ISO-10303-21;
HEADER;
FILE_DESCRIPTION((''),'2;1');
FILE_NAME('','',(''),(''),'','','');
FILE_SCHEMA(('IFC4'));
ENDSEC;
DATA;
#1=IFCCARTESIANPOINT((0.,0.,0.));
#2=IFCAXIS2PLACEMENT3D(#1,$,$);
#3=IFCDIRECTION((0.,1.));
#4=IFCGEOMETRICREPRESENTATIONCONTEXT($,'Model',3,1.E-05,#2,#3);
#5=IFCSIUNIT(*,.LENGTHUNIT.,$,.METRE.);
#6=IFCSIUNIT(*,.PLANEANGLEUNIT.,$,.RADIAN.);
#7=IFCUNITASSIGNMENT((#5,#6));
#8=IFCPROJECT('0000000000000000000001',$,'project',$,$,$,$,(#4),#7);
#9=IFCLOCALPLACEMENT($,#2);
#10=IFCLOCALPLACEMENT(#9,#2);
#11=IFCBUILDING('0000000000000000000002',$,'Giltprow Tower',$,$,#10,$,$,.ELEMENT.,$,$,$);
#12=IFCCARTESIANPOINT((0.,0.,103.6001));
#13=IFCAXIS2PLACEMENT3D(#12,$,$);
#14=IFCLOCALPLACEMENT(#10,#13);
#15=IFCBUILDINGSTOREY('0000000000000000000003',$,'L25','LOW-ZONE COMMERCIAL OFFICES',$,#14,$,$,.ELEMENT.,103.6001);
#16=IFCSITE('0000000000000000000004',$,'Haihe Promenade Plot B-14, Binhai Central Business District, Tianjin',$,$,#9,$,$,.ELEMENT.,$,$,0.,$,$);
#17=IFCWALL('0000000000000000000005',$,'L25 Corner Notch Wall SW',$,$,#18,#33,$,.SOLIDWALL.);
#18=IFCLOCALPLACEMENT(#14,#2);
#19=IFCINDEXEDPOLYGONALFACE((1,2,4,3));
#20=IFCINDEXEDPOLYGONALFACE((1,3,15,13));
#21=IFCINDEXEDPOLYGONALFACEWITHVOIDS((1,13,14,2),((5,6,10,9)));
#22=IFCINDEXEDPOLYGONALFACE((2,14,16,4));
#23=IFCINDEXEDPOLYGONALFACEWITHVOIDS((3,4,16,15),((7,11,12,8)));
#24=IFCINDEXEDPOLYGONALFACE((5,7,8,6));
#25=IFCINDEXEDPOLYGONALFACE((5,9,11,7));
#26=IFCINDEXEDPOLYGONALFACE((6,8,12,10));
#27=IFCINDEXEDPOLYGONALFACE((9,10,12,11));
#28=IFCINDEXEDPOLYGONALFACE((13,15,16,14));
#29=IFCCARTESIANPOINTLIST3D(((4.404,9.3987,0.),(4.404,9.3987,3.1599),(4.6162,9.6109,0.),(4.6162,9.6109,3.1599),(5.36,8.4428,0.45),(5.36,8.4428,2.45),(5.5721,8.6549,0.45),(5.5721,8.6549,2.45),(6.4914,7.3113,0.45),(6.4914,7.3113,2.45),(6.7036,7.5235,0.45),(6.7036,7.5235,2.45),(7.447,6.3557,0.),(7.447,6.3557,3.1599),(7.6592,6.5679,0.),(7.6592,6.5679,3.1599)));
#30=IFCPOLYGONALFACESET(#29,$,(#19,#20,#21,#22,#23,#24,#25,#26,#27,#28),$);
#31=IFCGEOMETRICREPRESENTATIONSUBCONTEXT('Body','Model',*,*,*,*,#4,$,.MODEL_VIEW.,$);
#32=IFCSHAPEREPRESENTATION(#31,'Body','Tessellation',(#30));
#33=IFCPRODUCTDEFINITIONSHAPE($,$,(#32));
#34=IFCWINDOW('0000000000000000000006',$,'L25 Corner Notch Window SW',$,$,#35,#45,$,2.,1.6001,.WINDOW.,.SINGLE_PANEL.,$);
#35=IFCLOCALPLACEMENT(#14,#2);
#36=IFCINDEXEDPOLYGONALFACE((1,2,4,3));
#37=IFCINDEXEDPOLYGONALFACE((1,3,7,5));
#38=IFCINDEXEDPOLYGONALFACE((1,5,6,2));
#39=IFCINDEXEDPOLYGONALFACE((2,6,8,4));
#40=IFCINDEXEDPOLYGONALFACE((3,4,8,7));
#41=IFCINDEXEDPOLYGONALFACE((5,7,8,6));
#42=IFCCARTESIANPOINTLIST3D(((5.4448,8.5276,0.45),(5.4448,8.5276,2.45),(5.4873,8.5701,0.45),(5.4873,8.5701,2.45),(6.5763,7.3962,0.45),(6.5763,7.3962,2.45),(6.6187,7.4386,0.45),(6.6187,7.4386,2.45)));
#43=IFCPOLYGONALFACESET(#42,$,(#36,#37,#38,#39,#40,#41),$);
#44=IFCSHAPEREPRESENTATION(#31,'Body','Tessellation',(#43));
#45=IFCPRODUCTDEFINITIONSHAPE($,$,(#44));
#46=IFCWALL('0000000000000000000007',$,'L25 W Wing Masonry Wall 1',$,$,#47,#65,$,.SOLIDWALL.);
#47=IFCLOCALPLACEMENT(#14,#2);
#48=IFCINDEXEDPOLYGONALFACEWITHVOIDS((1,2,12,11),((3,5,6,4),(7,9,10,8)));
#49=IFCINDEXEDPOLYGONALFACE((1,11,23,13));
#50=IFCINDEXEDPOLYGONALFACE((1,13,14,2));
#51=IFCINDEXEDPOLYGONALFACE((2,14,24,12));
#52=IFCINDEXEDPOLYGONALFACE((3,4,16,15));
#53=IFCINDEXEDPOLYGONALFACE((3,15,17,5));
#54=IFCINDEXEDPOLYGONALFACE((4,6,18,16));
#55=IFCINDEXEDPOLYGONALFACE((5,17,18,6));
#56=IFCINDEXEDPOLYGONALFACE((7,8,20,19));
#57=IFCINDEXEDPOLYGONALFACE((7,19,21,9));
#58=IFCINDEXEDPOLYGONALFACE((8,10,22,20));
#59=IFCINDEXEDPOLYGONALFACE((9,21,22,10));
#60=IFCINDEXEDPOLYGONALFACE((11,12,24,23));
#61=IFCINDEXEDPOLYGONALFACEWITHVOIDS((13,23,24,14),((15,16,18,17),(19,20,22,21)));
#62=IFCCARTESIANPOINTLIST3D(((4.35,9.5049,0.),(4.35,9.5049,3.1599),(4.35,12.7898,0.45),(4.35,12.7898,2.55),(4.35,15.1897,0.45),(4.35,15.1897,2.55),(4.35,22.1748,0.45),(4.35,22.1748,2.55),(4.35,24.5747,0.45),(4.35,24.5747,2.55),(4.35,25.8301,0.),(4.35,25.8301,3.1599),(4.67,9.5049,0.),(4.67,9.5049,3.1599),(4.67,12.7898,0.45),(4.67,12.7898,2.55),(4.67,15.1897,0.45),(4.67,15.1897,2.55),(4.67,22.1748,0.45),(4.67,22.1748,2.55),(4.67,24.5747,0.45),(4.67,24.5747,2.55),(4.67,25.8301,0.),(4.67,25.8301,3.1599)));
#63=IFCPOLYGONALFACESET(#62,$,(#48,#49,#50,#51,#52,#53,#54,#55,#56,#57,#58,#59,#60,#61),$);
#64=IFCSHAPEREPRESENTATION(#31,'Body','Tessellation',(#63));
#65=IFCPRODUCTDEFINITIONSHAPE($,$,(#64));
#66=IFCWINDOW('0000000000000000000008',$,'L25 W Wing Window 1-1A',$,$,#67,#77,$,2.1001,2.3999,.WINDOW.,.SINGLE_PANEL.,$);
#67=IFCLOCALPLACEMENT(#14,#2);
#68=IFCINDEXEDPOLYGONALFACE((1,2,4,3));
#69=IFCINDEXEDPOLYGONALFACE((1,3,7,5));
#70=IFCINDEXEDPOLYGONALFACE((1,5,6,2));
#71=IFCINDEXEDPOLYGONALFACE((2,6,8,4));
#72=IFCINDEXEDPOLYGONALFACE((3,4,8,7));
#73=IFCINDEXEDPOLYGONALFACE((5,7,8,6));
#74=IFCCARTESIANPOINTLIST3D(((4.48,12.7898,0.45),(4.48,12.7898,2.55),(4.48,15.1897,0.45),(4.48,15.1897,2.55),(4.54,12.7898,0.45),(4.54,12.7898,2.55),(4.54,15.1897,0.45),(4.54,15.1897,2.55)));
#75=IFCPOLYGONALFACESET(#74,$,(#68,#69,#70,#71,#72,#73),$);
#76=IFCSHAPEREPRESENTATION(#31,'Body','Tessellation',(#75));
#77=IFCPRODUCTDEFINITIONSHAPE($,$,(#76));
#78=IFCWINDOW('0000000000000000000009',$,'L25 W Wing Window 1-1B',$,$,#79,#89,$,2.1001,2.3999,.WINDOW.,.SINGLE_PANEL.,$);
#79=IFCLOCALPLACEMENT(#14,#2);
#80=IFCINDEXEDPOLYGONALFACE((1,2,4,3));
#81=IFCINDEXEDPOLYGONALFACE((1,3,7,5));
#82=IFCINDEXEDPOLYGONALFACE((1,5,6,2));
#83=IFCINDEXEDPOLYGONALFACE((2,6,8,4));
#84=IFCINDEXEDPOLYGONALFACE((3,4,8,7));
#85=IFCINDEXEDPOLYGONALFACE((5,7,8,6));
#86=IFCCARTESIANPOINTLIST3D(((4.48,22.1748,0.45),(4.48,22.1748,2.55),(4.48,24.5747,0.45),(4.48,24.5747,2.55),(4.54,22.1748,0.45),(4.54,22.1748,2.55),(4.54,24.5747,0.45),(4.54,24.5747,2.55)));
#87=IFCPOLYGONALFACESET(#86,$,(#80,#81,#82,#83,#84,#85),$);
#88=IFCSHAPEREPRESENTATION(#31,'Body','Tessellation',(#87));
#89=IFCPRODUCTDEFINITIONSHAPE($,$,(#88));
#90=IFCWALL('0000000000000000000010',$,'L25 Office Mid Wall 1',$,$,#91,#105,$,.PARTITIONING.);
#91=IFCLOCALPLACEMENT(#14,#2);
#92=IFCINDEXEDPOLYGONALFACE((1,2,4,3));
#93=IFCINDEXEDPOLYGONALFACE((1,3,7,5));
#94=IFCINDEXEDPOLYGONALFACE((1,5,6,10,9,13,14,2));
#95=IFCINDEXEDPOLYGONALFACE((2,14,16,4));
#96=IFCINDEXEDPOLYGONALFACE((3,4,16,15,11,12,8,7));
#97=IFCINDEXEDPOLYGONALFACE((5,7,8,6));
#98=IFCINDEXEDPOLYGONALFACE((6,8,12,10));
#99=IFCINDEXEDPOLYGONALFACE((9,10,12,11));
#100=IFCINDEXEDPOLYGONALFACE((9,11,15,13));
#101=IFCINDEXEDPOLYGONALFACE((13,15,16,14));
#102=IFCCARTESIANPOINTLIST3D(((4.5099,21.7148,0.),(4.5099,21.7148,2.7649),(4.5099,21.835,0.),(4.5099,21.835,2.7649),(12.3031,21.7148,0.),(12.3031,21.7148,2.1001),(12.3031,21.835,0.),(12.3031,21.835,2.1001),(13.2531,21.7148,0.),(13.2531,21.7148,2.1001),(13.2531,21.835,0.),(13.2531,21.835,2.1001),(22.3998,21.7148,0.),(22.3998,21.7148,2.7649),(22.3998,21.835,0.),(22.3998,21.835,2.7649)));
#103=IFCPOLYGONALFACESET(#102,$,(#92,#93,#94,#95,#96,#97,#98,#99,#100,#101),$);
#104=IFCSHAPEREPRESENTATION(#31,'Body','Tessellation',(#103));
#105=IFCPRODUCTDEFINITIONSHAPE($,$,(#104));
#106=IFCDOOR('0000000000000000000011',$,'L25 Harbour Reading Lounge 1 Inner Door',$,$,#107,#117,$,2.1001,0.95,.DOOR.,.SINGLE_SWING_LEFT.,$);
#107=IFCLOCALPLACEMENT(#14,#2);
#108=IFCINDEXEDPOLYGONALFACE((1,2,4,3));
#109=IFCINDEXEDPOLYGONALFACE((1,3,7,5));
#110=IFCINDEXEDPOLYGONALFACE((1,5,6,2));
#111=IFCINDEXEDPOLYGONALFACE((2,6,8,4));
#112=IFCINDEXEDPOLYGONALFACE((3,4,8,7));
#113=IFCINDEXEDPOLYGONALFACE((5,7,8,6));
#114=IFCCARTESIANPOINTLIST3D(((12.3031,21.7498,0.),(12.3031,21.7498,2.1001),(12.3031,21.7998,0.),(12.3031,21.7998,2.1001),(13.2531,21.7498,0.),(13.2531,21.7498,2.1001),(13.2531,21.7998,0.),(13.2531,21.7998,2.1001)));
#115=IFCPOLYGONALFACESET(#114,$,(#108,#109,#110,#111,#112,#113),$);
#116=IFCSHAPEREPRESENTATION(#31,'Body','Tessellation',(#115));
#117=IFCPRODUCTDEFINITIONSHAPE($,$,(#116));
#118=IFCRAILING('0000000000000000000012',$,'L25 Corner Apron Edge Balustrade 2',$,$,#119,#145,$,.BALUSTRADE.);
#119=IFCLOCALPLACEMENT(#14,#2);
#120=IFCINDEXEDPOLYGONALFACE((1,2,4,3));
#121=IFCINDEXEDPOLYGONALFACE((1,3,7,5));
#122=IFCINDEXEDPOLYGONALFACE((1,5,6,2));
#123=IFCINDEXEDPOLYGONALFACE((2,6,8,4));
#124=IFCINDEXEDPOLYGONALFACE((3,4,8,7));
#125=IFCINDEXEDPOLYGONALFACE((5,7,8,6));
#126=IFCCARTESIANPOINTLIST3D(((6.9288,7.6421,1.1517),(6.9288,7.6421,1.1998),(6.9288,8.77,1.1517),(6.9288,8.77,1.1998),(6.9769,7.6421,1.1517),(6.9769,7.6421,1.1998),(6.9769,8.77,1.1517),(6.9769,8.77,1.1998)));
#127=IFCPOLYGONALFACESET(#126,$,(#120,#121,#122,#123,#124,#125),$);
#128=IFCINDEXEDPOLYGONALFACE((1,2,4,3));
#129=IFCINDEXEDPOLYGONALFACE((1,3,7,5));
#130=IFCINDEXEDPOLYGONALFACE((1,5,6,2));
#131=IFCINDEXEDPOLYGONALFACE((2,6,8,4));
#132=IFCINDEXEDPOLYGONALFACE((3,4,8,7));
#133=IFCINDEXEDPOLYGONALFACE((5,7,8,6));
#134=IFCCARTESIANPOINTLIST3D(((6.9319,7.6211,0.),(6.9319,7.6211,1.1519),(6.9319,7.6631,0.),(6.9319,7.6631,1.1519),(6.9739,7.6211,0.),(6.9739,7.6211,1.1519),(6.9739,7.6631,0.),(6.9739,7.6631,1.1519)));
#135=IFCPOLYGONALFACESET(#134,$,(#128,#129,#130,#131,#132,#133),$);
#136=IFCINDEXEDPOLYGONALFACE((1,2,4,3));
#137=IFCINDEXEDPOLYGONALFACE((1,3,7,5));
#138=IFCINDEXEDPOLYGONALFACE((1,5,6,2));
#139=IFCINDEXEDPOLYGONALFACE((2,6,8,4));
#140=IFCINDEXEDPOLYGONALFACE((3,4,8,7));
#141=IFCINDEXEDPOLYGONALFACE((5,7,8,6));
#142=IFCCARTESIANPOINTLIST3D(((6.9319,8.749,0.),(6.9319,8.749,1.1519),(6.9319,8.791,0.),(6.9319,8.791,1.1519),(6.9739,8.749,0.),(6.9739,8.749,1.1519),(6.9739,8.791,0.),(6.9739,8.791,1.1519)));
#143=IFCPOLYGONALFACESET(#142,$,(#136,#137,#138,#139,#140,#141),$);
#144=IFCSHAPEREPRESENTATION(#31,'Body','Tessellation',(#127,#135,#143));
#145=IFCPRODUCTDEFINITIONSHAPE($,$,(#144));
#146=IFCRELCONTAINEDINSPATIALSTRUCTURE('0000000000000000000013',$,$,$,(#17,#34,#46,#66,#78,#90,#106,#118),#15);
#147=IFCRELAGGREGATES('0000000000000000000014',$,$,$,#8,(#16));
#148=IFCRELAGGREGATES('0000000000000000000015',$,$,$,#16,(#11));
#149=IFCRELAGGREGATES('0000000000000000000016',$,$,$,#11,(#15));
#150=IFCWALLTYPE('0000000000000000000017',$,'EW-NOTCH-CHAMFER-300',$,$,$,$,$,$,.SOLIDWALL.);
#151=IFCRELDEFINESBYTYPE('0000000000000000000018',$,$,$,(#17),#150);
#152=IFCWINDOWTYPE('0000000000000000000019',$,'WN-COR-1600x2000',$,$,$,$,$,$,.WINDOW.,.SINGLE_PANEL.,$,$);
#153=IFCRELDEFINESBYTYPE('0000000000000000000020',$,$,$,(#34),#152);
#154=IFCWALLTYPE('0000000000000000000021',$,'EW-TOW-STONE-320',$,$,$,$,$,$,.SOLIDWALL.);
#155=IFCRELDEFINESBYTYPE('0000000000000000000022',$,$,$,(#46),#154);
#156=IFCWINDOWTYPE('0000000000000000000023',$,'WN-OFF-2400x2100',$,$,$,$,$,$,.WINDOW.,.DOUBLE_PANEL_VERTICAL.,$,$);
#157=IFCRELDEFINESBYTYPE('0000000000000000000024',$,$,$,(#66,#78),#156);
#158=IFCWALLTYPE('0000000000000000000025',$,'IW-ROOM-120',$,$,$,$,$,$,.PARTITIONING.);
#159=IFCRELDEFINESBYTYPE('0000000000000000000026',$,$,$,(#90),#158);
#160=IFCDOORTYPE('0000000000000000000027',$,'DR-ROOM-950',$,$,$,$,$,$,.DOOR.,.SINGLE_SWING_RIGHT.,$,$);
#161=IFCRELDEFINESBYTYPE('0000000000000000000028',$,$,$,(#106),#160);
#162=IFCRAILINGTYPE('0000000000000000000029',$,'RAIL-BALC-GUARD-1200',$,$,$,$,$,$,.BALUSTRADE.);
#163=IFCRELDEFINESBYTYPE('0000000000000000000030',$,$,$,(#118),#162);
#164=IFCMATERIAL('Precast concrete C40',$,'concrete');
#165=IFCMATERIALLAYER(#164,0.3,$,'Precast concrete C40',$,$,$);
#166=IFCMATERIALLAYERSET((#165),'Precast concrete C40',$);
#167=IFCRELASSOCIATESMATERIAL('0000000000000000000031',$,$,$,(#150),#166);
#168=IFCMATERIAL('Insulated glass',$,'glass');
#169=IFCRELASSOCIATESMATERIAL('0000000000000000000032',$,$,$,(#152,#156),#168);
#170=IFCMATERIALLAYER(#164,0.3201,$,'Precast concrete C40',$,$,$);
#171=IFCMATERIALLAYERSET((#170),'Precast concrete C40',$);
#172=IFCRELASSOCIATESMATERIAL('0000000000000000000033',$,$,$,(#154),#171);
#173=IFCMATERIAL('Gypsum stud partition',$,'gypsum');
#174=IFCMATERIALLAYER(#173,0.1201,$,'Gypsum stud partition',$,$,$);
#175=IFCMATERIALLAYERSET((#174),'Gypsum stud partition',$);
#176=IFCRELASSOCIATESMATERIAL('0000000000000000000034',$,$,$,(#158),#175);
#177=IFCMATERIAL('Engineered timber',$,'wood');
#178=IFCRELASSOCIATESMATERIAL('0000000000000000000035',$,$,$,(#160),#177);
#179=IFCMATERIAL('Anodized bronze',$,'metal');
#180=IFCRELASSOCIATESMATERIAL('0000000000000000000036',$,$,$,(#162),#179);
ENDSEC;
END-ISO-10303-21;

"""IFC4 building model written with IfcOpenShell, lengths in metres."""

from ifc_helpers import new_model, si_unit, direction, frame, frame_2d, origin, origin_2d, place, context, subcontext, project, spatial, rectangle, extrude, source, transform, mapped, material, layer, layer_set, type_object, element, fill, save


model = new_model("IFC4")

# Units and contexts
model_context = context("Model", 3, precision=1e-05, world=origin(), true_north=direction((0.0, 1.0)))
body_context = subcontext(model_context, "Body", "Model", "MODEL_VIEW")
ifc_project = project(units=[si_unit("LENGTHUNIT", "METRE"), si_unit("PLANEANGLEUNIT", "RADIAN")], contexts=[model_context])

# Site, building, storey
site_placement = place(None, origin())
site = spatial("IfcSite", under=ifc_project, at=site_placement, Name="Haihe Promenade Plot B-14, Binhai Central Business District, Tianjin", CompositionType="ELEMENT", RefElevation=0.0)
building_placement = place(site_placement, origin())
building = spatial("IfcBuilding", under=site, at=building_placement, Name="Giltprow Tower", CompositionType="ELEMENT")
storey_placement = place(building_placement, frame((0.0, 0.0, 103.6001)))
storey = spatial("IfcBuildingStorey", under=building, at=storey_placement, Name="L25", Description="LOW-ZONE COMMERCIAL OFFICES", CompositionType="ELEMENT", Elevation=103.6001)

# Shared definitions
ifc_material_1 = material(Name="Anodized bronze", Category="metal")
ifc_material_2 = material(Name="Insulated glass", Category="glass")

# Wall, opening, window
ifc_material_3 = material(Name="Precast concrete C40", Category="concrete")
ifc_layer_1 = layer(ifc_material_3, 0.3, Name="Precast concrete C40")
ifc_layer_set_1 = layer_set([ifc_layer_1], Name="Precast concrete C40")
wall_type_1 = type_object("IfcWallType", Name="EW-NOTCH-CHAMFER-300", PredefinedType="SOLIDWALL", material=ifc_layer_set_1)
wall_1_placement = place(storey_placement, frame((4.51, 9.5049, 0.0), z_axis=(0.0, 0.0, 1.0), x_axis=(0.707107, -0.707107, 0.0)))
wall_1 = element("IfcWall", 1, at=wall_1_placement, inside=storey, type_object=wall_type_1, Name="L25 Corner Notch Wall SW", PredefinedType="SOLIDWALL", context=body_context, shape_type="SweptSolid", body=[
    extrude(rectangle(XDim=4.3035, YDim=0.3, at=frame_2d((2.1519, 0.0))), origin(), (0.0, 0.0, 1.0), 3.1599),
])
opening_1_placement = place(wall_1_placement, frame((1.3521, 0.0, 0.45)))
opening_1 = element("IfcOpeningElement", 2, at=opening_1_placement, cuts=wall_1, PredefinedType="OPENING", context=body_context, shape_type="SweptSolid", body=[
    extrude(rectangle(XDim=1.6001, YDim=2.0, at=frame_2d((0.8, 1.0))), frame((0.0, 0.1599, 0.0), z_axis=(0.0, -1.0, 0.0), x_axis=(1.0, 0.0, 0.0)), (0.0, 0.0, 1.0), 0.3201),
])
window_type_1 = type_object("IfcWindowType", Name="WN-COR-1600x2000", PartitioningType="SINGLE_PANEL", PredefinedType="WINDOW", material=ifc_material_2)
shared_shape_1 = source(origin(), body_context, "Body", "SweptSolid", [
    extrude(rectangle(XDim=1.6001, YDim=2.0, at=frame_2d((0.8, 1.0))), frame((0.0, 0.03, 0.0), z_axis=(0.0, -1.0, 0.0), x_axis=(1.0, 0.0, 0.0)), (0.0, 0.0, 1.0), 0.0601),
])
window_1_placement = place(opening_1_placement, origin())
window_1 = element("IfcWindow", 3, at=window_1_placement, inside=storey, type_object=window_type_1, Name="L25 Corner Notch Window SW", OverallHeight=2.0, OverallWidth=1.6001, PartitioningType="SINGLE_PANEL", PredefinedType="WINDOW", context=body_context, shape_type="MappedRepresentation", body=[
    mapped(shared_shape_1, transform((0.0, 0.0, 0.0), x_axis=(1.0, 0.0, 0.0), y_axis=(0.0, 1.0, 0.0), z_axis=(0.0, 0.0, 1.0), scale=1.0)),
])
fill(opening_1, window_1)

# Wall, openings, windows
ifc_layer_2 = layer(ifc_material_3, 0.3201, Name="Precast concrete C40")
ifc_layer_set_2 = layer_set([ifc_layer_2], Name="Precast concrete C40")
wall_type_2 = type_object("IfcWallType", Name="EW-TOW-STONE-320", PredefinedType="SOLIDWALL", material=ifc_layer_set_2)
wall_2_placement = place(storey_placement, frame((4.51, 9.5049, 0.0), z_axis=(0.0, 0.0, 1.0), x_axis=(0.0, 1.0, 0.0)))
wall_2 = element("IfcWall", 4, at=wall_2_placement, inside=storey, type_object=wall_type_2, Name="L25 W Wing Masonry Wall 1", PredefinedType="SOLIDWALL", context=body_context, shape_type="SweptSolid", body=[
    extrude(rectangle(XDim=16.3252, YDim=0.3201, at=frame_2d((8.1626, 0.0))), origin(), (0.0, 0.0, 1.0), 3.1599),
])
opening_2_placement = place(wall_2_placement, frame((3.2849, 0.0, 0.45)))
opening_2 = element("IfcOpeningElement", 5, at=opening_2_placement, cuts=wall_2, PredefinedType="OPENING", context=body_context, shape_type="SweptSolid", body=[
    extrude(rectangle(XDim=2.3999, YDim=2.1001, at=frame_2d((1.2, 1.05))), frame((0.0, 0.1699, 0.0), z_axis=(0.0, -1.0, 0.0), x_axis=(1.0, 0.0, 0.0)), (0.0, 0.0, 1.0), 0.3401),
])
opening_3_placement = place(wall_2_placement, frame((12.6699, 0.0, 0.45)))
opening_3 = element("IfcOpeningElement", 6, at=opening_3_placement, cuts=wall_2, PredefinedType="OPENING", context=body_context, shape_type="SweptSolid", body=[
    extrude(rectangle(XDim=2.3999, YDim=2.1001, at=frame_2d((1.2, 1.05))), frame((0.0, 0.1699, 0.0), z_axis=(0.0, -1.0, 0.0), x_axis=(1.0, 0.0, 0.0)), (0.0, 0.0, 1.0), 0.3401),
])
window_type_2 = type_object("IfcWindowType", Name="WN-OFF-2400x2100", PartitioningType="DOUBLE_PANEL_VERTICAL", PredefinedType="WINDOW", material=ifc_material_2)
shared_shape_2 = source(origin(), body_context, "Body", "SweptSolid", [
    extrude(rectangle(XDim=2.3999, YDim=2.1001, at=frame_2d((1.2, 1.05))), frame((0.0, 0.03, 0.0), z_axis=(0.0, -1.0, 0.0), x_axis=(1.0, 0.0, 0.0)), (0.0, 0.0, 1.0), 0.0601),
])
window_2_placement = place(opening_2_placement, origin())
window_2 = element("IfcWindow", 7, at=window_2_placement, inside=storey, type_object=window_type_2, Name="L25 W Wing Window 1-1A", OverallHeight=2.1001, OverallWidth=2.3999, PartitioningType="SINGLE_PANEL", PredefinedType="WINDOW", context=body_context, shape_type="MappedRepresentation", body=[
    mapped(shared_shape_2, transform((0.0, 0.0, 0.0), x_axis=(1.0, 0.0, 0.0), y_axis=(0.0, 1.0, 0.0), z_axis=(0.0, 0.0, 1.0), scale=1.0)),
])
fill(opening_2, window_2)
window_3_placement = place(opening_3_placement, origin())
window_3 = element("IfcWindow", 8, at=window_3_placement, inside=storey, type_object=window_type_2, Name="L25 W Wing Window 1-1B", OverallHeight=2.1001, OverallWidth=2.3999, PartitioningType="SINGLE_PANEL", PredefinedType="WINDOW", context=body_context, shape_type="MappedRepresentation", body=[
    mapped(shared_shape_2, transform((0.0, 0.0, 0.0), x_axis=(1.0, 0.0, 0.0), y_axis=(0.0, 1.0, 0.0), z_axis=(0.0, 0.0, 1.0), scale=1.0)),
])
fill(opening_3, window_3)

# Wall, opening, door
ifc_material_4 = material(Name="Gypsum stud partition", Category="gypsum")
ifc_layer_3 = layer(ifc_material_4, 0.1201, Name="Gypsum stud partition")
ifc_layer_set_3 = layer_set([ifc_layer_3], Name="Gypsum stud partition")
wall_type_3 = type_object("IfcWallType", Name="IW-ROOM-120", PredefinedType="PARTITIONING", material=ifc_layer_set_3)
wall_3_placement = place(storey_placement, frame((4.51, 21.7749, 0.0), z_axis=(0.0, 0.0, 1.0), x_axis=(1.0, 0.0, 0.0)))
wall_3 = element("IfcWall", 9, at=wall_3_placement, inside=storey, type_object=wall_type_3, Name="L25 Office Mid Wall 1", PredefinedType="PARTITIONING", context=body_context, shape_type="SweptSolid", body=[
    extrude(rectangle(XDim=17.8899, YDim=0.1201, at=frame_2d((8.9448, 0.0))), origin(), (0.0, 0.0, 1.0), 2.7649),
])
opening_4_placement = place(wall_3_placement, frame((7.793, 0.0, 0.0)))
opening_4 = element("IfcOpeningElement", 10, at=opening_4_placement, cuts=wall_3, PredefinedType="OPENING", context=body_context, shape_type="SweptSolid", body=[
    extrude(rectangle(XDim=0.95, YDim=2.1001, at=frame_2d((0.4751, 1.05))), frame((0.0, 0.0701, 0.0), z_axis=(0.0, -1.0, 0.0), x_axis=(1.0, 0.0, 0.0)), (0.0, 0.0, 1.0), 0.1401),
])
ifc_material_5 = material(Name="Engineered timber", Category="wood")
door_type = type_object("IfcDoorType", Name="DR-ROOM-950", OperationType="SINGLE_SWING_RIGHT", PredefinedType="DOOR", material=ifc_material_5)
shared_shape_3 = source(origin(), body_context, "Body", "SweptSolid", [
    extrude(rectangle(XDim=0.95, YDim=2.1001, at=frame_2d((0.4751, 1.05))), frame((0.0, 0.0249, 0.0), z_axis=(0.0, -1.0, 0.0), x_axis=(1.0, 0.0, 0.0)), (0.0, 0.0, 1.0), 0.05),
])
door_placement = place(opening_4_placement, origin())
door = element("IfcDoor", 11, at=door_placement, inside=storey, type_object=door_type, Name="L25 Harbour Reading Lounge 1 Inner Door", OperationType="SINGLE_SWING_LEFT", OverallHeight=2.1001, OverallWidth=0.95, PredefinedType="DOOR", context=body_context, shape_type="MappedRepresentation", body=[
    mapped(shared_shape_3, transform((0.0, 0.0, 0.0), x_axis=(1.0, 0.0, 0.0), y_axis=(0.0, 1.0, 0.0), z_axis=(0.0, 0.0, 1.0), scale=1.0)),
])
fill(opening_4, door)

# Railing
railing_type = type_object("IfcRailingType", Name="RAIL-BALC-GUARD-1200", PredefinedType="BALUSTRADE", material=ifc_material_1)
railing_1_placement = place(storey_placement, frame((6.9529, 7.6421, 0.0)))
element("IfcRailing", 12, at=railing_1_placement, inside=storey, type_object=railing_type, Name="L25 Corner Apron Edge Balustrade 2", PredefinedType="BALUSTRADE", context=body_context, shape_type="SweptSolid", body=[
    extrude(rectangle(XDim=0.0481, YDim=0.0481, at=origin_2d()), frame((0.0, 0.0, 1.1758), z_axis=(0.0, 1.0, 0.0), x_axis=(-1.0, 0.0, 0.0)), (0.0, 0.0, 1.0), 1.1279),
    extrude(rectangle(XDim=0.042, YDim=0.042, at=origin_2d()), origin(), (0.0, 0.0, 1.0), 1.1519),
    extrude(rectangle(XDim=0.042, YDim=0.042, at=origin_2d()), frame((0.0, 1.1279, 0.0)), (0.0, 0.0, 1.0), 1.1519),
])

save(model, "model.ifc")
